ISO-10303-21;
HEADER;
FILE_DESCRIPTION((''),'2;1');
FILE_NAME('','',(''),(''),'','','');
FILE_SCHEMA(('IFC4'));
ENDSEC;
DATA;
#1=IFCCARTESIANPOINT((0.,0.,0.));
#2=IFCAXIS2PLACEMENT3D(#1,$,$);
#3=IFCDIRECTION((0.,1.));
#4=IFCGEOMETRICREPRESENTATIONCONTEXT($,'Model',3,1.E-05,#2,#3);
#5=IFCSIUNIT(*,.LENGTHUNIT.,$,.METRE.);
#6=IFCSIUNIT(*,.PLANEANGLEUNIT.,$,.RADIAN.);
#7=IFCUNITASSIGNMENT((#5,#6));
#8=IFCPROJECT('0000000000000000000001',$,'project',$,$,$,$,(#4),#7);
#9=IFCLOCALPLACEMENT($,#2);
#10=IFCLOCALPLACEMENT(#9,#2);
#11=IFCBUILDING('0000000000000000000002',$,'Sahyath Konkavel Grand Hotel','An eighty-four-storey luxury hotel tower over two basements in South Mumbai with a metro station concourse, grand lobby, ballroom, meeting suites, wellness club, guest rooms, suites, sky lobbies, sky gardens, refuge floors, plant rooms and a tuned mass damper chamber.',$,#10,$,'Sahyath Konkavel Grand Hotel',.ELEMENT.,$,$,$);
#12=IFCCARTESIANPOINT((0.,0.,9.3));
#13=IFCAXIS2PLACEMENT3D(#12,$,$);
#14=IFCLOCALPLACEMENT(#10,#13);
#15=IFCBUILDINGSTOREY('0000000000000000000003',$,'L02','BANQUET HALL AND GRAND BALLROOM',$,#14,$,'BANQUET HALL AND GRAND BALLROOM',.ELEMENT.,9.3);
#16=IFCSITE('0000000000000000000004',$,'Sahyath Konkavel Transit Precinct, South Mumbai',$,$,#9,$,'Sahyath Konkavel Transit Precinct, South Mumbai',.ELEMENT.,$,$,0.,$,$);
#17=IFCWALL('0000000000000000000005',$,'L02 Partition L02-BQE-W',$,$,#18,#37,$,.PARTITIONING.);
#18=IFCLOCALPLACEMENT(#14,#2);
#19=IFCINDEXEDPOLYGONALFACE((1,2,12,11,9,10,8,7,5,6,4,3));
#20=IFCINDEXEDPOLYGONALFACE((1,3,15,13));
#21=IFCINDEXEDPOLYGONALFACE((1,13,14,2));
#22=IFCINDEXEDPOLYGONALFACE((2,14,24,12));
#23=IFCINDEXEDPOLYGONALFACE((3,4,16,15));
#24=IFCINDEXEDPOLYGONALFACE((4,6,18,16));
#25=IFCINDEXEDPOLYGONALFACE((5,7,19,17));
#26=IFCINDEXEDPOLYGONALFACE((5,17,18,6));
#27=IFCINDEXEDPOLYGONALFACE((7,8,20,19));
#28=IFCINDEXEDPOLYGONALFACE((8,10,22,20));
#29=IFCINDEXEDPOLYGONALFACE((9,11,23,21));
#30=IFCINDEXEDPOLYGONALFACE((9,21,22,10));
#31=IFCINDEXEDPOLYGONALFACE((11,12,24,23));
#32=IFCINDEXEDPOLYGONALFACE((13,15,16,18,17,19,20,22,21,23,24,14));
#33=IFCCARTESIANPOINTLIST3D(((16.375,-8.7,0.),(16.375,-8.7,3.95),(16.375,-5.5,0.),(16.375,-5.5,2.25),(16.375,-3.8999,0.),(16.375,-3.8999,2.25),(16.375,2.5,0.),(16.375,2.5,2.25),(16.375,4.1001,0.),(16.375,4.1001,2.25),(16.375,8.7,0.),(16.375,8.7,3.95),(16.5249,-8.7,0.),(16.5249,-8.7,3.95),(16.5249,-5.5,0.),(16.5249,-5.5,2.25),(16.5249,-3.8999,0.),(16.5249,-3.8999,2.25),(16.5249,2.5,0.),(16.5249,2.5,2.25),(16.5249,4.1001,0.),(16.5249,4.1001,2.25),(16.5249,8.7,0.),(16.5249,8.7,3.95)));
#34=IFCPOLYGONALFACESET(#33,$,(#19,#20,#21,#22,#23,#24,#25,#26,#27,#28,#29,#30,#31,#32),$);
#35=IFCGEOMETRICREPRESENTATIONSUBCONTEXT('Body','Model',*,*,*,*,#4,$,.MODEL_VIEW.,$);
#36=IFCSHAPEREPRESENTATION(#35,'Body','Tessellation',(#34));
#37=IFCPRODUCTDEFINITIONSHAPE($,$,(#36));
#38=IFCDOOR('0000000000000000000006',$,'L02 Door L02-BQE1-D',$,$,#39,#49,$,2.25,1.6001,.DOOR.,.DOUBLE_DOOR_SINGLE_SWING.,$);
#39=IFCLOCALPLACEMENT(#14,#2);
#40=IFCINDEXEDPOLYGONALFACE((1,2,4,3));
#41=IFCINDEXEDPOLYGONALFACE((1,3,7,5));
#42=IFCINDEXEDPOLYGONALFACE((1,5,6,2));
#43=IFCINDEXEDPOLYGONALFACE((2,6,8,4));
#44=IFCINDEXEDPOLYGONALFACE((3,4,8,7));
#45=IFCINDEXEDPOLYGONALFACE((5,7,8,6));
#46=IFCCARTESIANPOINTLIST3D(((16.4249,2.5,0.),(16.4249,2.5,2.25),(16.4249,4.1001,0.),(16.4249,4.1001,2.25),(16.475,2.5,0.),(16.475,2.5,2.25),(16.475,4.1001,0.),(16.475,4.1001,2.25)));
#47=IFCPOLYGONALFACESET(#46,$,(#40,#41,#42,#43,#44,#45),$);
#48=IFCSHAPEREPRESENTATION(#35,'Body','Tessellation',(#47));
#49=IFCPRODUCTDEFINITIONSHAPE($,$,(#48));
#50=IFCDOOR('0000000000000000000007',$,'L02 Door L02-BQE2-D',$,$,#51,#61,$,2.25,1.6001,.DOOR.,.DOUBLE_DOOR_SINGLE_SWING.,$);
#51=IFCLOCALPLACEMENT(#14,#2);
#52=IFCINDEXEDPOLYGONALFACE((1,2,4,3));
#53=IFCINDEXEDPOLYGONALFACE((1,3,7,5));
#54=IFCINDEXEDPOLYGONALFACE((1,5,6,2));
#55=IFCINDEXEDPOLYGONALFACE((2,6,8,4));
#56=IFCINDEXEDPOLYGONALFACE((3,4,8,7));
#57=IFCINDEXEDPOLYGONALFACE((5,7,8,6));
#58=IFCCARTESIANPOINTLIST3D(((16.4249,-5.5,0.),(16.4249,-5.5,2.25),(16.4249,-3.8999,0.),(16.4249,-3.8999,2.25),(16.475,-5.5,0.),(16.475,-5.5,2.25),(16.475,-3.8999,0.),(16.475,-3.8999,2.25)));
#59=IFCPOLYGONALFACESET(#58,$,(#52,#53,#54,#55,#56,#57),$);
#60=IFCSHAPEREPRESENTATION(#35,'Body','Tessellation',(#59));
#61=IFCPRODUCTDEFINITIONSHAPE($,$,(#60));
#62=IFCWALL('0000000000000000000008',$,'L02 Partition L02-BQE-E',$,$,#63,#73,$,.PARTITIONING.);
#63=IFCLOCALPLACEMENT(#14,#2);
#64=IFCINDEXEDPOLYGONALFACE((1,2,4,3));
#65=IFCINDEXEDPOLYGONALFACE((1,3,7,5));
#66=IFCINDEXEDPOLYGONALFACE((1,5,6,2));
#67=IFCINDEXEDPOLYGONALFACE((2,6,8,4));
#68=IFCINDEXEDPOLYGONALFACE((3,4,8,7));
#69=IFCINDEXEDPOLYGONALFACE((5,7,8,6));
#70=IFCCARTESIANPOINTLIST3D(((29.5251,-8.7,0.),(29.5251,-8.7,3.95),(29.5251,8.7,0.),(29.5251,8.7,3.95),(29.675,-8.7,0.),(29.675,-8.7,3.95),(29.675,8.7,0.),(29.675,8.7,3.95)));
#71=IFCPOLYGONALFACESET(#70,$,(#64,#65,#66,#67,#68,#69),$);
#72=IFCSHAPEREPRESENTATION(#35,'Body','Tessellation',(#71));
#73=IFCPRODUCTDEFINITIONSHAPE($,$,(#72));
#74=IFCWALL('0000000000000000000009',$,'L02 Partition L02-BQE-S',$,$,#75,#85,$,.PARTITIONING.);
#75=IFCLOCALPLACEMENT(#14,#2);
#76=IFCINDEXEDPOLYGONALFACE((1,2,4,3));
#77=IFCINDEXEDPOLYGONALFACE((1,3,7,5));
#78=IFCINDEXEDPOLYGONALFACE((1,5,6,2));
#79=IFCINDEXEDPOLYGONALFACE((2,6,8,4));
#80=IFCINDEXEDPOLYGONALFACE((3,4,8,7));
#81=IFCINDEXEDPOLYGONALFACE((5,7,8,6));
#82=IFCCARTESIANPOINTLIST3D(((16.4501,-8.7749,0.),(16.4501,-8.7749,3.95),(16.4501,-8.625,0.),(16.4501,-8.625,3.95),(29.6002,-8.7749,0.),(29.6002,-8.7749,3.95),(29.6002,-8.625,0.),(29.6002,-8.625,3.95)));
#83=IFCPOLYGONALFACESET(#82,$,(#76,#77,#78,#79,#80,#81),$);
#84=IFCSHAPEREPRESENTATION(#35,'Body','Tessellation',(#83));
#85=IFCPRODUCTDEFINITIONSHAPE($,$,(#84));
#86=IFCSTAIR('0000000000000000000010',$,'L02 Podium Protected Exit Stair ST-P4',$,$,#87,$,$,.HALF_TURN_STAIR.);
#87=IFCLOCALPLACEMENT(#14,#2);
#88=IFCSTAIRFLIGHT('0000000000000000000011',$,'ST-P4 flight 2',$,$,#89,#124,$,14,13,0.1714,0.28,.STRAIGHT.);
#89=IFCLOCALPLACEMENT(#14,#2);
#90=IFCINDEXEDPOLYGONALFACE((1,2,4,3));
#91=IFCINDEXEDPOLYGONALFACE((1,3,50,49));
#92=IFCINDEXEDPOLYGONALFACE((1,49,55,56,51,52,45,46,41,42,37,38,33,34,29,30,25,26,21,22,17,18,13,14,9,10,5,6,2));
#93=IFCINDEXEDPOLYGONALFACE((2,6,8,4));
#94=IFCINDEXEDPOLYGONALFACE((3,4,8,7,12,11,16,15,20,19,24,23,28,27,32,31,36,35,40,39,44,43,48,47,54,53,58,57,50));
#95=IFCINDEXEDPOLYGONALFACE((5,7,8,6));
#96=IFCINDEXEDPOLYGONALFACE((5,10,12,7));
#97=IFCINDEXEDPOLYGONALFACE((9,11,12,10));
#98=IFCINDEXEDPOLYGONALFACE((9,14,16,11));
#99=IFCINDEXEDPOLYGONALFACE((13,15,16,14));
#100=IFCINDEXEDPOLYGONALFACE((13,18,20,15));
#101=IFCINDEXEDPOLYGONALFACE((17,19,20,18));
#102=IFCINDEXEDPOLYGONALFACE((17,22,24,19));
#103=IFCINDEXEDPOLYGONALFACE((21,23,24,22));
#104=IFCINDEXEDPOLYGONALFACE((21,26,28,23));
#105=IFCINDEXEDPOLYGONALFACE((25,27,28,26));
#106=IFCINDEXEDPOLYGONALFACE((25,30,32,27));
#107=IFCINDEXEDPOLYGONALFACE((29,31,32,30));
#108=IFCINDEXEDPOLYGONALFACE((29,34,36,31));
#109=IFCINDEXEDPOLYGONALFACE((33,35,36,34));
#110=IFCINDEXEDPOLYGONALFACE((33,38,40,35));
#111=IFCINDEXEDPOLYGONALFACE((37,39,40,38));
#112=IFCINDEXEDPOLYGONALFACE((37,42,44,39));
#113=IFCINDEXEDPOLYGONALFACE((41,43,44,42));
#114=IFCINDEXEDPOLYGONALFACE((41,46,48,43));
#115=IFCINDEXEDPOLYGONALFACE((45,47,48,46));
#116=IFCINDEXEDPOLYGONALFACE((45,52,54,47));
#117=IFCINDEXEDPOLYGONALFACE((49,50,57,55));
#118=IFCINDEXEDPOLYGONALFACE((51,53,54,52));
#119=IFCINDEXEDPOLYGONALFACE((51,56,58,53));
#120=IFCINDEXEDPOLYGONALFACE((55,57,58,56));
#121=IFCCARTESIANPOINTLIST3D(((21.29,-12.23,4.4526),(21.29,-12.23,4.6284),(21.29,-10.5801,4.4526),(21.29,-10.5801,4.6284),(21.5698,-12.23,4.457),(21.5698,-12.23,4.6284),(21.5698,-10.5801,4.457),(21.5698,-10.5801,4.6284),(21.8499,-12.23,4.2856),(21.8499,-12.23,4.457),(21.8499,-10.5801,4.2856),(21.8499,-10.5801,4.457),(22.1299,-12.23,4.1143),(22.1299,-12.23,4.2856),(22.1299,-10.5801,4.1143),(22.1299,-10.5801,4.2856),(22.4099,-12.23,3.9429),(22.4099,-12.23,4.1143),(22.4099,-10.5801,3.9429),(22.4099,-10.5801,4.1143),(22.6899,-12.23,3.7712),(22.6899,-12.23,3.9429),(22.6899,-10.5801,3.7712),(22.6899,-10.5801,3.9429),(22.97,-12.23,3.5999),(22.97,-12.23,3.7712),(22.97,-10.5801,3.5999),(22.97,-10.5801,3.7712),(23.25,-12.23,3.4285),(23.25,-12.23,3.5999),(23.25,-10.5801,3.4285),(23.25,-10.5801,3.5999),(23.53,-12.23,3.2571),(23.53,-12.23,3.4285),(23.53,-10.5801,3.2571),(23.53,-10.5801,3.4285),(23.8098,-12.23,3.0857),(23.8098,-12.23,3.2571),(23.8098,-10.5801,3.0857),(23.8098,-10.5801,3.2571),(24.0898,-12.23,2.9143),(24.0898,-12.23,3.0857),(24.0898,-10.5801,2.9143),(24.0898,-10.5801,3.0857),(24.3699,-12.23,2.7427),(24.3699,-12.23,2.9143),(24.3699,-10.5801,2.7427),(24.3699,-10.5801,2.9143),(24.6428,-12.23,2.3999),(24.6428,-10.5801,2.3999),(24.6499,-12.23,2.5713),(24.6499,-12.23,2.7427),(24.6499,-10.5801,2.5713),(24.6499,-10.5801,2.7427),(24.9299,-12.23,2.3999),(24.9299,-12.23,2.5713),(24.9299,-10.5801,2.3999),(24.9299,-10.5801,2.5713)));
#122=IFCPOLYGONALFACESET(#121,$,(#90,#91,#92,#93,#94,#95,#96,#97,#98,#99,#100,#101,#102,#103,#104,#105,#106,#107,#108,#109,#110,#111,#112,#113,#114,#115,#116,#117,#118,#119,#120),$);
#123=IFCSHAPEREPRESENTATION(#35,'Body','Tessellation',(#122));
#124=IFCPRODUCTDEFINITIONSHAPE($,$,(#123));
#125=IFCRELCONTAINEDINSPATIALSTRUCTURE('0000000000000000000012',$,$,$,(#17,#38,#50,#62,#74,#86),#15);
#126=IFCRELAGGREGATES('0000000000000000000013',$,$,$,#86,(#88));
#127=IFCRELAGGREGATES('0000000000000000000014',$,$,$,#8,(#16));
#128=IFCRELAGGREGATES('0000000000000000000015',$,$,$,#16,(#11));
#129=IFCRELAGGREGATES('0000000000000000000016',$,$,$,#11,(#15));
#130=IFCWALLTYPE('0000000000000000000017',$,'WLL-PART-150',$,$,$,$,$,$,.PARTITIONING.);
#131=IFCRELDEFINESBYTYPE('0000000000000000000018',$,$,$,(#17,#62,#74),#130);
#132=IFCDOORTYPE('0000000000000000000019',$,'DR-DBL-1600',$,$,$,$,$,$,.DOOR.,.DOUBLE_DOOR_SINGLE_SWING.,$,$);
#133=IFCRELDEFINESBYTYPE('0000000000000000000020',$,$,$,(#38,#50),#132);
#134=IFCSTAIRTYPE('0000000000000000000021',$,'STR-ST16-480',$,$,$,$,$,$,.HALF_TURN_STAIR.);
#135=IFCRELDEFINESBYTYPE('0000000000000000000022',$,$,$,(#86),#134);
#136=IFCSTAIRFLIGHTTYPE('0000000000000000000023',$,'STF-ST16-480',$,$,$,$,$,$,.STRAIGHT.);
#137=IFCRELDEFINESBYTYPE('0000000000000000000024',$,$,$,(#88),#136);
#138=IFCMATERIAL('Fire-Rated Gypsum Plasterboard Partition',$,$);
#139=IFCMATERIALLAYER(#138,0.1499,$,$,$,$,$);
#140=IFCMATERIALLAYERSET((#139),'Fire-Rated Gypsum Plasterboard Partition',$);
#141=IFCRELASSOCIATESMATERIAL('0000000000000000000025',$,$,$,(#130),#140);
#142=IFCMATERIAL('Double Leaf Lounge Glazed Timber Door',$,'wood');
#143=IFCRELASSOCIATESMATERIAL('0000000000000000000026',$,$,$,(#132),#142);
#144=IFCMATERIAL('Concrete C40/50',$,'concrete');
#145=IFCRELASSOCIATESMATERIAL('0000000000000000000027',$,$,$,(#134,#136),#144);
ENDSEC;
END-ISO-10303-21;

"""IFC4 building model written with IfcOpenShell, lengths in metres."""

from ifc_helpers import new_model, si_unit, direction, frame, frame_2d, origin, origin_2d, place, context, subcontext, project, spatial, polyline, rectangle, outline, extrude, source, transform, mapped, material, layer, layer_set, type_object, element, fill, aggregate, save


model = new_model("IFC4")

# Units and contexts
model_context = context("Model", 3, precision=1e-05, world=origin(), true_north=direction((0.0, 1.0)))
body_context = subcontext(model_context, "Body", "Model", "MODEL_VIEW")
ifc_project = project(units=[si_unit("LENGTHUNIT", "METRE"), si_unit("PLANEANGLEUNIT", "RADIAN")], contexts=[model_context])

# Site, building, storey
site_placement = place(None, origin())
site = spatial("IfcSite", under=ifc_project, at=site_placement, Name="Sahyath Konkavel Transit Precinct, South Mumbai", LongName="Sahyath Konkavel Transit Precinct, South Mumbai", CompositionType="ELEMENT", RefElevation=0.0)
building_placement = place(site_placement, origin())
building = spatial("IfcBuilding", under=site, at=building_placement, Name="Sahyath Konkavel Grand Hotel", Description="An eighty-four-storey luxury hotel tower over two basements in South Mumbai with a metro station concourse, grand lobby, ballroom, meeting suites, wellness club, guest rooms, suites, sky lobbies, sky gardens, refuge floors, plant rooms and a tuned mass damper chamber.", LongName="Sahyath Konkavel Grand Hotel", CompositionType="ELEMENT")
storey_placement = place(building_placement, frame((0.0, 0.0, 9.3)))
storey = spatial("IfcBuildingStorey", under=building, at=storey_placement, Name="L02", Description="BANQUET HALL AND GRAND BALLROOM", LongName="BANQUET HALL AND GRAND BALLROOM", CompositionType="ELEMENT", Elevation=9.3)

# Shared definitions
ifc_material_1 = material(Name="Concrete C40/50", Category="concrete")

# Wall, openings, doors
ifc_material_2 = material(Name="Fire-Rated Gypsum Plasterboard Partition")
ifc_layer_1 = layer(ifc_material_2, 0.1499)
ifc_layer_set_1 = layer_set([ifc_layer_1], Name="Fire-Rated Gypsum Plasterboard Partition")
wall_type_1 = type_object("IfcWallType", Name="WLL-PART-150", PredefinedType="PARTITIONING", material=ifc_layer_set_1)
wall_1_placement = place(storey_placement, frame((16.45, -8.7, 0.0), z_axis=(0.0, 0.0, 1.0), x_axis=(0.0, 1.0, 0.0)))
wall_1 = element("IfcWall", 1, at=wall_1_placement, inside=storey, type_object=wall_type_1, Name="L02 Partition L02-BQE-W", PredefinedType="PARTITIONING", context=body_context, shape_type="SweptSolid", body=[
    extrude(rectangle(XDim=17.3999, YDim=0.1499, at=frame_2d((8.7, 0.0))), origin(), (0.0, 0.0, 1.0), 3.95),
])
opening_1_placement = place(wall_1_placement, frame((11.2, 0.0, 0.0)))
opening_1 = element("IfcOpeningElement", 2, at=opening_1_placement, cuts=wall_1, PredefinedType="OPENING", context=body_context, shape_type="SweptSolid", body=[
    extrude(rectangle(XDim=1.6001, YDim=2.25, at=frame_2d((0.8, 1.125))), frame((0.0, 0.085, 0.0), z_axis=(0.0, -1.0, 0.0), x_axis=(1.0, 0.0, 0.0)), (0.0, 0.0, 1.0), 0.1699),
])
opening_2_placement = place(wall_1_placement, frame((3.2, 0.0, 0.0)))
opening_2 = element("IfcOpeningElement", 3, at=opening_2_placement, cuts=wall_1, PredefinedType="OPENING", context=body_context, shape_type="SweptSolid", body=[
    extrude(rectangle(XDim=1.6001, YDim=2.25, at=frame_2d((0.8, 1.125))), frame((0.0, 0.085, 0.0), z_axis=(0.0, -1.0, 0.0), x_axis=(1.0, 0.0, 0.0)), (0.0, 0.0, 1.0), 0.1699),
])
ifc_material_3 = material(Name="Double Leaf Lounge Glazed Timber Door", Category="wood")
door_type = type_object("IfcDoorType", Name="DR-DBL-1600", OperationType="DOUBLE_DOOR_SINGLE_SWING", PredefinedType="DOOR", material=ifc_material_3)
shared_shape_1 = source(origin(), body_context, "Body", "SweptSolid", [
    extrude(rectangle(XDim=1.6001, YDim=0.05, at=origin_2d()), origin(), (0.0, 0.0, 1.0), 2.25),
])
door_1_placement = place(opening_1_placement, frame((0.8, 0.0, 0.0)))
door_1 = element("IfcDoor", 4, at=door_1_placement, inside=storey, type_object=door_type, Name="L02 Door L02-BQE1-D", OperationType="DOUBLE_DOOR_SINGLE_SWING", OverallHeight=2.25, OverallWidth=1.6001, PredefinedType="DOOR", context=body_context, shape_type="MappedRepresentation", body=[
    mapped(shared_shape_1, transform((0.0, 0.0, 0.0), scale=1.0)),
])
fill(opening_1, door_1)
door_2_placement = place(opening_2_placement, frame((0.8, 0.0, 0.0)))
door_2 = element("IfcDoor", 5, at=door_2_placement, inside=storey, type_object=door_type, Name="L02 Door L02-BQE2-D", OperationType="DOUBLE_DOOR_SINGLE_SWING", OverallHeight=2.25, OverallWidth=1.6001, PredefinedType="DOOR", context=body_context, shape_type="MappedRepresentation", body=[
    mapped(shared_shape_1, transform((0.0, 0.0, 0.0), scale=1.0)),
])
fill(opening_2, door_2)

# Walls
wall_2_placement = place(storey_placement, frame((29.6001, -8.7, 0.0), z_axis=(0.0, 0.0, 1.0), x_axis=(0.0, 1.0, 0.0)))
element("IfcWall", 6, at=wall_2_placement, inside=storey, type_object=wall_type_1, Name="L02 Partition L02-BQE-E", PredefinedType="PARTITIONING", context=body_context, shape_type="SweptSolid", body=[
    extrude(rectangle(XDim=17.3999, YDim=0.1499, at=frame_2d((8.7, 0.0))), origin(), (0.0, 0.0, 1.0), 3.95),
])
wall_3_placement = place(storey_placement, frame((16.45, -8.7, 0.0), z_axis=(0.0, 0.0, 1.0), x_axis=(1.0, 0.0, 0.0)))
element("IfcWall", 7, at=wall_3_placement, inside=storey, type_object=wall_type_1, Name="L02 Partition L02-BQE-S", PredefinedType="PARTITIONING", context=body_context, shape_type="SweptSolid", body=[
    extrude(rectangle(XDim=13.1501, YDim=0.1499, at=frame_2d((6.5752, 0.0))), origin(), (0.0, 0.0, 1.0), 3.95),
])

# Stair, stair flight
stair_type = type_object("IfcStairType", Name="STR-ST16-480", PredefinedType="HALF_TURN_STAIR", material=ifc_material_1)
stair_placement = place(storey_placement, origin())
stair = element("IfcStair", 8, at=stair_placement, inside=storey, type_object=stair_type, Name="L02 Podium Protected Exit Stair ST-P4", PredefinedType="HALF_TURN_STAIR")
stair_flight_type = type_object("IfcStairFlightType", Name="STF-ST16-480", PredefinedType="STRAIGHT", material=ifc_material_1)
stair_flight_placement = place(storey_placement, frame((24.9299, -11.405, 2.3999), z_axis=(0.0, 0.0, 1.0), x_axis=(-1.0, 0.0, 0.0)))
stair_flight = element("IfcStairFlight", 9, at=stair_flight_placement, type_object=stair_flight_type, Name="ST-P4 flight 2", NumberOfRisers=14, NumberOfTreads=13, PredefinedType="STRAIGHT", RiserHeight=0.1714, TreadLength=0.28, context=body_context, shape_type="SweptSolid", body=[
    extrude(outline(polyline([(0.0, 0.0), (0.0, 0.1714), (0.28, 0.1714), (0.28, 0.3428), (0.5601, 0.3428), (0.5601, 0.5144), (0.8401, 0.5144), (0.8401, 0.6858), (1.1201, 0.6858), (1.1201, 0.8572), (1.3999, 0.8572), (1.3999, 1.0286), (1.6799, 1.0286), (1.6799, 1.2), (1.96, 1.2), (1.96, 1.3713), (2.24, 1.3713), (2.24, 1.543), (2.52, 1.543), (2.52, 1.7144), (2.8, 1.7144), (2.8, 1.8857), (3.0801, 1.8857), (3.0801, 2.0571), (3.3601, 2.0571), (3.3601, 2.2285), (3.6399, 2.2285), (3.6399, 2.3999), (3.6399, 2.0527), (0.2871, 0.0), (0.0, 0.0)])), frame((0.0, 0.825, 0.0), z_axis=(0.0, -1.0, 0.0), x_axis=(1.0, 0.0, 0.0)), (0.0, 0.0, 1.0), 1.6499),
])
aggregate(stair, [stair_flight])

save(model, "model.ifc")
